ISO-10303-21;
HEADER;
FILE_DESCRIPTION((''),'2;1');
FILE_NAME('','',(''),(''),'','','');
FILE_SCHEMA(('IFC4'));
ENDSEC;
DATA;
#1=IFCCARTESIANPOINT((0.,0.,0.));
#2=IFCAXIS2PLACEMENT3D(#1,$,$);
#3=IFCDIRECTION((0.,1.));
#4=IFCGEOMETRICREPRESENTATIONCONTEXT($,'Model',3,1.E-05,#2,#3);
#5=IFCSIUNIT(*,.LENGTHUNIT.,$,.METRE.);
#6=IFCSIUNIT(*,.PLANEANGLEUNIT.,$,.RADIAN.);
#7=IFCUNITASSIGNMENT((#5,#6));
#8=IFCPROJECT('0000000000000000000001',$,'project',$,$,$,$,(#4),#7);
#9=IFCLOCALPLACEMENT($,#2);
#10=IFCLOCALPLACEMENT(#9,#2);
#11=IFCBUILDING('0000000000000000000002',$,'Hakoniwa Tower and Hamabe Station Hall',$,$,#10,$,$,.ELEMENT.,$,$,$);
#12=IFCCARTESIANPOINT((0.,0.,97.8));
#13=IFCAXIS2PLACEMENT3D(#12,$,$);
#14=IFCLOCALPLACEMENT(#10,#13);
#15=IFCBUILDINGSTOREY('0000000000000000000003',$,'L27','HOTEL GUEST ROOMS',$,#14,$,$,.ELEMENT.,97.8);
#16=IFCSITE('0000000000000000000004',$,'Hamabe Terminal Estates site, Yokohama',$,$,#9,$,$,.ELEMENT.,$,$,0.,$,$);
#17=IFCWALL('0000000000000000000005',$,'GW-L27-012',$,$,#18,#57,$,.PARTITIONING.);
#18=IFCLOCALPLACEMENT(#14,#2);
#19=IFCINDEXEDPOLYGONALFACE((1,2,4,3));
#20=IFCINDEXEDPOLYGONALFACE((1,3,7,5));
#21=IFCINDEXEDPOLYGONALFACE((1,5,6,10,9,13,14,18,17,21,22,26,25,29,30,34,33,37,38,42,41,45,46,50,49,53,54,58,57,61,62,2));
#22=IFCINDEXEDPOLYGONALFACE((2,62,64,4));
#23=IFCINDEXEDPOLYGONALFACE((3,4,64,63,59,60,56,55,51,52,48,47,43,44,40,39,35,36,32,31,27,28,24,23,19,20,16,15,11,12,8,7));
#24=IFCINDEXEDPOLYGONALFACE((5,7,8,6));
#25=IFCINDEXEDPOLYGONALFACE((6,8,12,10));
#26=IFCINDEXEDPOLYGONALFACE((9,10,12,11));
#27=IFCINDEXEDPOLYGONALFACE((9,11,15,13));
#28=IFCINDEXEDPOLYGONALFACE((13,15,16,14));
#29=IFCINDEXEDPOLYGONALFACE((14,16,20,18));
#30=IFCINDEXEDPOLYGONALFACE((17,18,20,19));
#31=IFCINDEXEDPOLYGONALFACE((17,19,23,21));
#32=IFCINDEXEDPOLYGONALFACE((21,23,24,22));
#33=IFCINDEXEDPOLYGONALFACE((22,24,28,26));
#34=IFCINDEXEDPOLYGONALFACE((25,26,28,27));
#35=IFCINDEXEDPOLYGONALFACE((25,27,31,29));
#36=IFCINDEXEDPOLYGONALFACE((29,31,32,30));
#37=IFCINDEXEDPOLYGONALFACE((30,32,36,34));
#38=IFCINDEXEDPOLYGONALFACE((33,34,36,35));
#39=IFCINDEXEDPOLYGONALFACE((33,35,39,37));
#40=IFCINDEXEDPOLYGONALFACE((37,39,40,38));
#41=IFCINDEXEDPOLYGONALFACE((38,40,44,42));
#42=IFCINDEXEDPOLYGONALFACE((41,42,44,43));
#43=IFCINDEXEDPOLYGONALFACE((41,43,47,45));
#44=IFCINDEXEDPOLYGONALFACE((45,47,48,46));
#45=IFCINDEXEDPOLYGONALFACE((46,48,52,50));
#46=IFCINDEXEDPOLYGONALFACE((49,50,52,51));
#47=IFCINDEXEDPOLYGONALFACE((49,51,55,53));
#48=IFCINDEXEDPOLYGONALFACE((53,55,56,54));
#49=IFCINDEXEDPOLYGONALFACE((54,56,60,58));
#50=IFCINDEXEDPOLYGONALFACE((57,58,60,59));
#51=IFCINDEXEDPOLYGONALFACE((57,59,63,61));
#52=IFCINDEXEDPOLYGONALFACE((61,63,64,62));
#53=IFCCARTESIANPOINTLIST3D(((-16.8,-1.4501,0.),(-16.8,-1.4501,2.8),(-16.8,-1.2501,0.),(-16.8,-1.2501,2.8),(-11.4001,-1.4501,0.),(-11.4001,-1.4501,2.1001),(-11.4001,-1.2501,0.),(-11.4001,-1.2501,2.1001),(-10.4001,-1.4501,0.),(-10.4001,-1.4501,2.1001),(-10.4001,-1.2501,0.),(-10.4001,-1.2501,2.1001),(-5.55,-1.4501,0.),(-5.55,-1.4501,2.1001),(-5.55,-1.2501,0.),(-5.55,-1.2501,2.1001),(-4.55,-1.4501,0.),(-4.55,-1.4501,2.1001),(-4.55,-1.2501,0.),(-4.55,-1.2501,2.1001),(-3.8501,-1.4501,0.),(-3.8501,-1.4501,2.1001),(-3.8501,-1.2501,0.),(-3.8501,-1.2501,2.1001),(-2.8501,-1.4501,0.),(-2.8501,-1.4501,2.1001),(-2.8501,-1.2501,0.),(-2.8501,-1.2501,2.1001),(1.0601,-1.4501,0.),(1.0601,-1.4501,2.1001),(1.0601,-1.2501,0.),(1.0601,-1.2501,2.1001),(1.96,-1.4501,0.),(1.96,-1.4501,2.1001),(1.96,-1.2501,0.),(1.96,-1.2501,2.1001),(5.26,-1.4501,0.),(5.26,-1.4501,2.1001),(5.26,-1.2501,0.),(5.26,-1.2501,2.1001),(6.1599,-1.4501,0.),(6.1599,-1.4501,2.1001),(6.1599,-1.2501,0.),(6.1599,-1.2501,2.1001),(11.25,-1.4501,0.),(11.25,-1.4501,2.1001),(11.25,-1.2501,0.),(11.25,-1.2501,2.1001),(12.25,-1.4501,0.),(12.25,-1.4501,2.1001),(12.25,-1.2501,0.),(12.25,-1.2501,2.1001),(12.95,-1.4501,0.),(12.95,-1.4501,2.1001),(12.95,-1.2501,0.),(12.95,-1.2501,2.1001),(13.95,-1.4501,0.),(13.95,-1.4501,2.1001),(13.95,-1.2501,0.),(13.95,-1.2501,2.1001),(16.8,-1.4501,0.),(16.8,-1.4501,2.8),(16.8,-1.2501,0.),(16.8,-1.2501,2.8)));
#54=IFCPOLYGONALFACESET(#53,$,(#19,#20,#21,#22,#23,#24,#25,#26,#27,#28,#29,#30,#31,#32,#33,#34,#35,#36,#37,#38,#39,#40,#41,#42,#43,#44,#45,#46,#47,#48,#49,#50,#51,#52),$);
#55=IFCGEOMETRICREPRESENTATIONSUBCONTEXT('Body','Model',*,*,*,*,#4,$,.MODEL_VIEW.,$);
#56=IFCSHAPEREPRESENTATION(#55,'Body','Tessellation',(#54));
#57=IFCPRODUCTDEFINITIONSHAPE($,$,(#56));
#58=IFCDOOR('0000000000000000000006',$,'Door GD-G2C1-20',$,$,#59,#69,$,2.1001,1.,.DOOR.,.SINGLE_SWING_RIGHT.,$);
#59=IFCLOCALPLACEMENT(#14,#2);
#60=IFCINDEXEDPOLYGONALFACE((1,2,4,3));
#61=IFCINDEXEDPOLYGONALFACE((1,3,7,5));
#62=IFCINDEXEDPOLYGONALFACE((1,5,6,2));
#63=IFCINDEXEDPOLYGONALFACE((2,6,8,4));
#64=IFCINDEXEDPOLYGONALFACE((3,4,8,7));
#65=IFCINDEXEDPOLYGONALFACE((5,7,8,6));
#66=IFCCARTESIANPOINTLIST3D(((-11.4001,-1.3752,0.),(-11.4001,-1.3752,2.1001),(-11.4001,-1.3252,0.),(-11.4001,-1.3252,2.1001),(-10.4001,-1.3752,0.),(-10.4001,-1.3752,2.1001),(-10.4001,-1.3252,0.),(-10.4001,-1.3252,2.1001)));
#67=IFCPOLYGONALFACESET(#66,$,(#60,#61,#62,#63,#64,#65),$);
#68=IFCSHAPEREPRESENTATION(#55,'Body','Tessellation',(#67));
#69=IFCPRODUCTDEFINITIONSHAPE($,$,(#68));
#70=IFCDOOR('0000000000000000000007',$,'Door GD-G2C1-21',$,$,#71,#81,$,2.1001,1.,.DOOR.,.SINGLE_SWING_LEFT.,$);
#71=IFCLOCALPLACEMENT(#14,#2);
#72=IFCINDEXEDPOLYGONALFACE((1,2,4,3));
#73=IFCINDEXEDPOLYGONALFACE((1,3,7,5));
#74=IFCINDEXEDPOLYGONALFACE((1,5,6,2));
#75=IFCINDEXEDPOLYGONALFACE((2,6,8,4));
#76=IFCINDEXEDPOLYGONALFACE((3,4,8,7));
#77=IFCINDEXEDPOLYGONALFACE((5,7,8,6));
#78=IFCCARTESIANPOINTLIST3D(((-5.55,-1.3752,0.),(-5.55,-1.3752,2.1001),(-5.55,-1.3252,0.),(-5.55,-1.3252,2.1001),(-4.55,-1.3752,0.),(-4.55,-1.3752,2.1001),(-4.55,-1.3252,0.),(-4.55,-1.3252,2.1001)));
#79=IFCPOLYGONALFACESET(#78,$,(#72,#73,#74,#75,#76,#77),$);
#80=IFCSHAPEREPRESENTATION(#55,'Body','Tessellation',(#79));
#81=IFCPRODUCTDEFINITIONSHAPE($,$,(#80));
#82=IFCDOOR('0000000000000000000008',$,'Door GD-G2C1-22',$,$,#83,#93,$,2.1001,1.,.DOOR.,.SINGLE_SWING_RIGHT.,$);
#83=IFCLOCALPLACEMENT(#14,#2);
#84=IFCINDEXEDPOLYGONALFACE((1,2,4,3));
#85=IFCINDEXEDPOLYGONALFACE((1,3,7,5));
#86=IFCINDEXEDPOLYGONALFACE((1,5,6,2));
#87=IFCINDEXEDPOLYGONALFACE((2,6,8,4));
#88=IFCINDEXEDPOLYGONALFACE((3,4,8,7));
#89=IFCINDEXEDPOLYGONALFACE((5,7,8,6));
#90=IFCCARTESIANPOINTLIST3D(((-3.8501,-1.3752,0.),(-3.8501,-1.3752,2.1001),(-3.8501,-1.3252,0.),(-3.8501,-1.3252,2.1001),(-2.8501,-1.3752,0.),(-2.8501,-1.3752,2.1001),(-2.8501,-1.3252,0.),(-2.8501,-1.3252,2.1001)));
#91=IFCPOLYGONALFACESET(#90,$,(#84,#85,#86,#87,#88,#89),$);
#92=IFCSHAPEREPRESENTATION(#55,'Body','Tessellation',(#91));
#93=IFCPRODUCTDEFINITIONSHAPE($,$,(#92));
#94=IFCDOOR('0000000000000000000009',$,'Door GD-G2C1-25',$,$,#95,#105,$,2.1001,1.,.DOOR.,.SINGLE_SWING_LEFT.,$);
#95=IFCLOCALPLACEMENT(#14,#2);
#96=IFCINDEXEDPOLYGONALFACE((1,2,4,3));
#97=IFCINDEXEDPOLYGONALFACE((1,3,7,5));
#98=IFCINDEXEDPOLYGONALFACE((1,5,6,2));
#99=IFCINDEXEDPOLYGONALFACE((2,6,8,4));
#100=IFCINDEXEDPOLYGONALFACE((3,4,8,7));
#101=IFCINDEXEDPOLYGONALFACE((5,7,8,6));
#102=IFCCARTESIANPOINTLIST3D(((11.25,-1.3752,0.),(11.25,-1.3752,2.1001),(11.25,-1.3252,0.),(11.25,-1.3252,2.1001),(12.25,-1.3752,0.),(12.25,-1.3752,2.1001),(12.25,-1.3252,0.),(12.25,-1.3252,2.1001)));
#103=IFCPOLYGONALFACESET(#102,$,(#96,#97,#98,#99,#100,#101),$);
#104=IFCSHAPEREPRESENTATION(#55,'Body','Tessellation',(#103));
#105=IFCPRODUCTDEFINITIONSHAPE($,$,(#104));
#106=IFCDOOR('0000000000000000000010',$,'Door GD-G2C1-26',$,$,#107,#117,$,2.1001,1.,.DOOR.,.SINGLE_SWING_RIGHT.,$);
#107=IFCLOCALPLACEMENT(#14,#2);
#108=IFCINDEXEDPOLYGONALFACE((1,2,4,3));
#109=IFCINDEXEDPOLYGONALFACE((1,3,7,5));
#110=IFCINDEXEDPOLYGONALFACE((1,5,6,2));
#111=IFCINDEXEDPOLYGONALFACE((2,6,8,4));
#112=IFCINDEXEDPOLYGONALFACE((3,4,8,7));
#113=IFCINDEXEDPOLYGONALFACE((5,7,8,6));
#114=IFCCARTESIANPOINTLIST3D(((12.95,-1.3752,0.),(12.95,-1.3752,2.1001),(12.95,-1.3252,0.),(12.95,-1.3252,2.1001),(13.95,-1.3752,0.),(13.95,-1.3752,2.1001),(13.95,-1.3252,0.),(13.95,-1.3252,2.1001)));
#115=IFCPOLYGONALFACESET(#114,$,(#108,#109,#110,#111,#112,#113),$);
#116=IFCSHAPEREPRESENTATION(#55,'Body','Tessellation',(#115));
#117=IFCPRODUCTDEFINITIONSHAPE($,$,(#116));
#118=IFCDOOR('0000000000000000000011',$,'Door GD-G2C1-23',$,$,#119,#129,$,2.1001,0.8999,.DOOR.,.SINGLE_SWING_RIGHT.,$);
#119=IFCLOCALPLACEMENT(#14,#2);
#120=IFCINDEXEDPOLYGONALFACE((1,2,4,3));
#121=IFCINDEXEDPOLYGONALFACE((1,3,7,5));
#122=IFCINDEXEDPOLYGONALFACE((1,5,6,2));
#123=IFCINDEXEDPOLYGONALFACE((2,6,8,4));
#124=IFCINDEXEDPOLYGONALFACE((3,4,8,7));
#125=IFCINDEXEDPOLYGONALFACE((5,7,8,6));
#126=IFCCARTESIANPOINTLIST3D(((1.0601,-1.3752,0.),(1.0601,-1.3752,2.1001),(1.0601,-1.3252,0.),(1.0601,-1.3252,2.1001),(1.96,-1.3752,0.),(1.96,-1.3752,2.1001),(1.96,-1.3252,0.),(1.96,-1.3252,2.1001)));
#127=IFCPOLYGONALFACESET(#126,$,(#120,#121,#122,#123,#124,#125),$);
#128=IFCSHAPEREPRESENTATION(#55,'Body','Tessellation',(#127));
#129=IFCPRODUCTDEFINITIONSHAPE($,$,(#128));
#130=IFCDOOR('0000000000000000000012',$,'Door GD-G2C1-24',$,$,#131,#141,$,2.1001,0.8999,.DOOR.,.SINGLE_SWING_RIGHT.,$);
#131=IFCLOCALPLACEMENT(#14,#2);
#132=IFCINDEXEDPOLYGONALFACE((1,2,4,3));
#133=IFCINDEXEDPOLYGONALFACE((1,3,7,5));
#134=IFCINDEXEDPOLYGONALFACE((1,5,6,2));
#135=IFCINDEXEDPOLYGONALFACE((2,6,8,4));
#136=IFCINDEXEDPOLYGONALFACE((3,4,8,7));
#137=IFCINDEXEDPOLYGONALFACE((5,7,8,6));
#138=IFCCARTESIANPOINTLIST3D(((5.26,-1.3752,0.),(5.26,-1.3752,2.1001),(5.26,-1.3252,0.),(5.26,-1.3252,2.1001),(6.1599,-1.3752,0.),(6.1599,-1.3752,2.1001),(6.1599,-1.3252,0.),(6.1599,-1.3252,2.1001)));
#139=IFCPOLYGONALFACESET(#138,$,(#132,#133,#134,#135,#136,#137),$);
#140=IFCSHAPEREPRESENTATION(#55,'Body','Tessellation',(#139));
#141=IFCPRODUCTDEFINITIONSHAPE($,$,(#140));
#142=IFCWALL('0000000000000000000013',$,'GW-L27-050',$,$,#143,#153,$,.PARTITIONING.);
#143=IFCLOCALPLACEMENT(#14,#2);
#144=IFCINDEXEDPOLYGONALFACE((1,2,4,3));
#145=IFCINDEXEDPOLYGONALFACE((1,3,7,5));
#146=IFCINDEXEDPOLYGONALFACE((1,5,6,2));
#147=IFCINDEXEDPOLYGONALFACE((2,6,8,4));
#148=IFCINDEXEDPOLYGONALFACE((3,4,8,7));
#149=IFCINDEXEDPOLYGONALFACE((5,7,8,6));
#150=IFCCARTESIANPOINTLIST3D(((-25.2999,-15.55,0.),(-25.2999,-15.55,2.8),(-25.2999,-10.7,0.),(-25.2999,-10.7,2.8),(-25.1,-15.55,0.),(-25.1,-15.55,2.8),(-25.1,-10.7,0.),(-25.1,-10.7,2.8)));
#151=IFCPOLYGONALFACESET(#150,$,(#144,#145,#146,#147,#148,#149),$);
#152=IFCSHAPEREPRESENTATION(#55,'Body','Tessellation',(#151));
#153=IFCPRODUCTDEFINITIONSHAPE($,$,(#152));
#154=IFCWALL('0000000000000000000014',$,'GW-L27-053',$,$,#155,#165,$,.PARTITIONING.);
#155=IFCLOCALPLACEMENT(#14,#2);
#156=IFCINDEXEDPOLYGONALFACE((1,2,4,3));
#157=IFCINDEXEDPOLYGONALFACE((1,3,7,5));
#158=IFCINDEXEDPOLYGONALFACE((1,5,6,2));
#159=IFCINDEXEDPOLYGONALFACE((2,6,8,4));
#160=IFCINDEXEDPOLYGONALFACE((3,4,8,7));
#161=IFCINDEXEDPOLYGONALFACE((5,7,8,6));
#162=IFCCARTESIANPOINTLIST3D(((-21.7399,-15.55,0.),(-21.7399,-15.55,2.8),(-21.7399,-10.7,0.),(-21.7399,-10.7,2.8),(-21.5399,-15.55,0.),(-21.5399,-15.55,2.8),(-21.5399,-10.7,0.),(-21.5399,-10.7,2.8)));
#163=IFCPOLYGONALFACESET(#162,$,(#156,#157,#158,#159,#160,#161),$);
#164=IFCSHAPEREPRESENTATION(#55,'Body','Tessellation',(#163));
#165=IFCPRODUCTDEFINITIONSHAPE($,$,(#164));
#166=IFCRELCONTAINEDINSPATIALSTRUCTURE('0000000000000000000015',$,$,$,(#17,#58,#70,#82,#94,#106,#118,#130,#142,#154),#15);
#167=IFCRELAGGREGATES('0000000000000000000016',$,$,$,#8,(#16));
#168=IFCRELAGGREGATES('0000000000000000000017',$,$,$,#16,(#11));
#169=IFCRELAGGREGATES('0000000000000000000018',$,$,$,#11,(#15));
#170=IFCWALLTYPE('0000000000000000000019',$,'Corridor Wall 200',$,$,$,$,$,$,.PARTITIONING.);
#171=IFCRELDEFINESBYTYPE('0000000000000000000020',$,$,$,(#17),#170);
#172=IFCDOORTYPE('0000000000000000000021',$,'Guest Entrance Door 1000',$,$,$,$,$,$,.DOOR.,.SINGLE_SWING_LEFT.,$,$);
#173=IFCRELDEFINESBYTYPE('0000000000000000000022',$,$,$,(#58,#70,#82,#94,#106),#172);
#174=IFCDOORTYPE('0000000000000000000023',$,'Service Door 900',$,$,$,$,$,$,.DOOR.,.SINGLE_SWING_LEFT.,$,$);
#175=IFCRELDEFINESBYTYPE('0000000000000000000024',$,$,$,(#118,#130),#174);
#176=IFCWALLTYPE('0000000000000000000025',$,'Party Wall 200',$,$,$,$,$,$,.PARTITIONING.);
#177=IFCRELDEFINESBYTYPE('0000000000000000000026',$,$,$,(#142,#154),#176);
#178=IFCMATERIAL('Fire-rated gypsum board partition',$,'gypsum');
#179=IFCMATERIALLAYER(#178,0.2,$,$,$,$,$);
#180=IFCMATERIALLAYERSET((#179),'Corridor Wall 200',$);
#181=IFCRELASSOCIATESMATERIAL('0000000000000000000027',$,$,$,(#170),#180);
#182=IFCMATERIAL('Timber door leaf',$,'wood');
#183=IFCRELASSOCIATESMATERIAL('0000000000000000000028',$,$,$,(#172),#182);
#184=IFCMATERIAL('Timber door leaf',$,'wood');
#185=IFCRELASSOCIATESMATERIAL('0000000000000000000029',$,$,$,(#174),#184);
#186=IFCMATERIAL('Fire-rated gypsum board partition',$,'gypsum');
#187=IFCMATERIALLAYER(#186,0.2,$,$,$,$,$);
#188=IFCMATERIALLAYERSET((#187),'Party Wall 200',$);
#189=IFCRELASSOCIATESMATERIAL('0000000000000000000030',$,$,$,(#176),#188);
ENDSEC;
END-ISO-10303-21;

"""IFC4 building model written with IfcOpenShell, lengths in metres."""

from ifc_helpers import new_model, si_unit, direction, frame, frame_2d, origin, place, context, subcontext, project, spatial, rectangle, extrude, material, layer, layer_set, type_object, element, fill, save


model = new_model("IFC4")

# Units and contexts
model_context = context("Model", 3, precision=1e-05, world=origin(), true_north=direction((0.0, 1.0)))
body_context = subcontext(model_context, "Body", "Model", "MODEL_VIEW")
ifc_project = project(units=[si_unit("LENGTHUNIT", "METRE"), si_unit("PLANEANGLEUNIT", "RADIAN")], contexts=[model_context])

# Site, building, storey
site_placement = place(None, origin())
site = spatial("IfcSite", under=ifc_project, at=site_placement, Name="Hamabe Terminal Estates site, Yokohama", CompositionType="ELEMENT", RefElevation=0.0)
building_placement = place(site_placement, origin())
building = spatial("IfcBuilding", under=site, at=building_placement, Name="Hakoniwa Tower and Hamabe Station Hall", CompositionType="ELEMENT")
storey_placement = place(building_placement, frame((0.0, 0.0, 97.8)))
storey = spatial("IfcBuildingStorey", under=building, at=storey_placement, Name="L27", Description="HOTEL GUEST ROOMS", CompositionType="ELEMENT", Elevation=97.8)

# Wall, openings, doors
ifc_material_1 = material(Name="Fire-rated gypsum board partition", Category="gypsum")
ifc_layer_1 = layer(ifc_material_1, 0.2)
ifc_layer_set_1 = layer_set([ifc_layer_1], Name="Corridor Wall 200")
wall_type_1 = type_object("IfcWallType", Name="Corridor Wall 200", PredefinedType="PARTITIONING", material=ifc_layer_set_1)
wall_1_placement = place(storey_placement, frame((-16.8, -1.3501, 0.0), z_axis=(0.0, 0.0, 1.0), x_axis=(1.0, 0.0, 0.0)))
wall_1 = element("IfcWall", 1, at=wall_1_placement, inside=storey, type_object=wall_type_1, Name="GW-L27-012", PredefinedType="PARTITIONING", context=body_context, shape_type="SweptSolid", body=[
    extrude(rectangle(XDim=33.6001, YDim=0.2, at=frame_2d((16.8, 0.0))), origin(), (0.0, 0.0, 1.0), 2.8),
])
opening_1_placement = place(wall_1_placement, frame((5.3999, 0.0, 0.0)))
opening_1 = element("IfcOpeningElement", 2, at=opening_1_placement, cuts=wall_1, PredefinedType="OPENING", context=body_context, shape_type="SweptSolid", body=[
    extrude(rectangle(XDim=1.0, YDim=2.1001, at=frame_2d((0.5, 1.05))), frame((0.0, 0.1099, 0.0), z_axis=(0.0, -1.0, 0.0), x_axis=(1.0, 0.0, 0.0)), (0.0, 0.0, 1.0), 0.22),
])
opening_2_placement = place(wall_1_placement, frame((11.25, 0.0, 0.0)))
opening_2 = element("IfcOpeningElement", 3, at=opening_2_placement, cuts=wall_1, PredefinedType="OPENING", context=body_context, shape_type="SweptSolid", body=[
    extrude(rectangle(XDim=1.0, YDim=2.1001, at=frame_2d((0.5, 1.05))), frame((0.0, 0.1099, 0.0), z_axis=(0.0, -1.0, 0.0), x_axis=(1.0, 0.0, 0.0)), (0.0, 0.0, 1.0), 0.22),
])
opening_3_placement = place(wall_1_placement, frame((12.95, 0.0, 0.0)))
opening_3 = element("IfcOpeningElement", 4, at=opening_3_placement, cuts=wall_1, PredefinedType="OPENING", context=body_context, shape_type="SweptSolid", body=[
    extrude(rectangle(XDim=1.0, YDim=2.1001, at=frame_2d((0.5, 1.05))), frame((0.0, 0.1099, 0.0), z_axis=(0.0, -1.0, 0.0), x_axis=(1.0, 0.0, 0.0)), (0.0, 0.0, 1.0), 0.22),
])
opening_4_placement = place(wall_1_placement, frame((17.8601, 0.0, 0.0)))
opening_4 = element("IfcOpeningElement", 5, at=opening_4_placement, cuts=wall_1, PredefinedType="OPENING", context=body_context, shape_type="SweptSolid", body=[
    extrude(rectangle(XDim=0.8999, YDim=2.1001, at=frame_2d((0.45, 1.05))), frame((0.0, 0.1099, 0.0), z_axis=(0.0, -1.0, 0.0), x_axis=(1.0, 0.0, 0.0)), (0.0, 0.0, 1.0), 0.22),
])
opening_5_placement = place(wall_1_placement, frame((22.0601, 0.0, 0.0)))
opening_5 = element("IfcOpeningElement", 6, at=opening_5_placement, cuts=wall_1, PredefinedType="OPENING", context=body_context, shape_type="SweptSolid", body=[
    extrude(rectangle(XDim=0.8999, YDim=2.1001, at=frame_2d((0.45, 1.05))), frame((0.0, 0.1099, 0.0), z_axis=(0.0, -1.0, 0.0), x_axis=(1.0, 0.0, 0.0)), (0.0, 0.0, 1.0), 0.22),
])
opening_6_placement = place(wall_1_placement, frame((28.05, 0.0, 0.0)))
opening_6 = element("IfcOpeningElement", 7, at=opening_6_placement, cuts=wall_1, PredefinedType="OPENING", context=body_context, shape_type="SweptSolid", body=[
    extrude(rectangle(XDim=1.0, YDim=2.1001, at=frame_2d((0.5, 1.05))), frame((0.0, 0.1099, 0.0), z_axis=(0.0, -1.0, 0.0), x_axis=(1.0, 0.0, 0.0)), (0.0, 0.0, 1.0), 0.22),
])
opening_7_placement = place(wall_1_placement, frame((29.75, 0.0, 0.0)))
opening_7 = element("IfcOpeningElement", 8, at=opening_7_placement, cuts=wall_1, PredefinedType="OPENING", context=body_context, shape_type="SweptSolid", body=[
    extrude(rectangle(XDim=1.0, YDim=2.1001, at=frame_2d((0.5, 1.05))), frame((0.0, 0.1099, 0.0), z_axis=(0.0, -1.0, 0.0), x_axis=(1.0, 0.0, 0.0)), (0.0, 0.0, 1.0), 0.22),
])
ifc_material_2 = material(Name="Timber door leaf", Category="wood")
door_type_1 = type_object("IfcDoorType", Name="Guest Entrance Door 1000", OperationType="SINGLE_SWING_LEFT", PredefinedType="DOOR", material=ifc_material_2)
door_1_placement = place(opening_1_placement, origin())
door_1 = element("IfcDoor", 9, at=door_1_placement, inside=storey, type_object=door_type_1, Name="Door GD-G2C1-20", OperationType="SINGLE_SWING_RIGHT", OverallHeight=2.1001, OverallWidth=1.0, PredefinedType="DOOR", context=body_context, shape_type="SweptSolid", body=[
    extrude(rectangle(XDim=1.0, YDim=2.1001, at=frame_2d((0.5, 1.05))), frame((0.0, 0.0249, 0.0), z_axis=(0.0, -1.0, 0.0), x_axis=(1.0, 0.0, 0.0)), (0.0, 0.0, 1.0), 0.05),
])
fill(opening_1, door_1)
door_2_placement = place(opening_2_placement, origin())
door_2 = element("IfcDoor", 10, at=door_2_placement, inside=storey, type_object=door_type_1, Name="Door GD-G2C1-21", OperationType="SINGLE_SWING_LEFT", OverallHeight=2.1001, OverallWidth=1.0, PredefinedType="DOOR", context=body_context, shape_type="SweptSolid", body=[
    extrude(rectangle(XDim=1.0, YDim=2.1001, at=frame_2d((0.5, 1.05))), frame((0.0, 0.0249, 0.0), z_axis=(0.0, -1.0, 0.0), x_axis=(1.0, 0.0, 0.0)), (0.0, 0.0, 1.0), 0.05),
])
fill(opening_2, door_2)
door_3_placement = place(opening_3_placement, origin())
door_3 = element("IfcDoor", 11, at=door_3_placement, inside=storey, type_object=door_type_1, Name="Door GD-G2C1-22", OperationType="SINGLE_SWING_RIGHT", OverallHeight=2.1001, OverallWidth=1.0, PredefinedType="DOOR", context=body_context, shape_type="SweptSolid", body=[
    extrude(rectangle(XDim=1.0, YDim=2.1001, at=frame_2d((0.5, 1.05))), frame((0.0, 0.0249, 0.0), z_axis=(0.0, -1.0, 0.0), x_axis=(1.0, 0.0, 0.0)), (0.0, 0.0, 1.0), 0.05),
])
fill(opening_3, door_3)
door_4_placement = place(opening_6_placement, origin())
door_4 = element("IfcDoor", 12, at=door_4_placement, inside=storey, type_object=door_type_1, Name="Door GD-G2C1-25", OperationType="SINGLE_SWING_LEFT", OverallHeight=2.1001, OverallWidth=1.0, PredefinedType="DOOR", context=body_context, shape_type="SweptSolid", body=[
    extrude(rectangle(XDim=1.0, YDim=2.1001, at=frame_2d((0.5, 1.05))), frame((0.0, 0.0249, 0.0), z_axis=(0.0, -1.0, 0.0), x_axis=(1.0, 0.0, 0.0)), (0.0, 0.0, 1.0), 0.05),
])
fill(opening_6, door_4)
door_5_placement = place(opening_7_placement, origin())
door_5 = element("IfcDoor", 13, at=door_5_placement, inside=storey, type_object=door_type_1, Name="Door GD-G2C1-26", OperationType="SINGLE_SWING_RIGHT", OverallHeight=2.1001, OverallWidth=1.0, PredefinedType="DOOR", context=body_context, shape_type="SweptSolid", body=[
    extrude(rectangle(XDim=1.0, YDim=2.1001, at=frame_2d((0.5, 1.05))), frame((0.0, 0.0249, 0.0), z_axis=(0.0, -1.0, 0.0), x_axis=(1.0, 0.0, 0.0)), (0.0, 0.0, 1.0), 0.05),
])
fill(opening_7, door_5)
ifc_material_3 = material(Name="Timber door leaf", Category="wood")
door_type_2 = type_object("IfcDoorType", Name="Service Door 900", OperationType="SINGLE_SWING_LEFT", PredefinedType="DOOR", material=ifc_material_3)
door_6_placement = place(opening_4_placement, origin())
door_6 = element("IfcDoor", 14, at=door_6_placement, inside=storey, type_object=door_type_2, Name="Door GD-G2C1-23", OperationType="SINGLE_SWING_RIGHT", OverallHeight=2.1001, OverallWidth=0.8999, PredefinedType="DOOR", context=body_context, shape_type="SweptSolid", body=[
    extrude(rectangle(XDim=0.8999, YDim=2.1001, at=frame_2d((0.45, 1.05))), frame((0.0, 0.0249, 0.0), z_axis=(0.0, -1.0, 0.0), x_axis=(1.0, 0.0, 0.0)), (0.0, 0.0, 1.0), 0.05),
])
fill(opening_4, door_6)
door_7_placement = place(opening_5_placement, origin())
door_7 = element("IfcDoor", 15, at=door_7_placement, inside=storey, type_object=door_type_2, Name="Door GD-G2C1-24", OperationType="SINGLE_SWING_RIGHT", OverallHeight=2.1001, OverallWidth=0.8999, PredefinedType="DOOR", context=body_context, shape_type="SweptSolid", body=[
    extrude(rectangle(XDim=0.8999, YDim=2.1001, at=frame_2d((0.45, 1.05))), frame((0.0, 0.0249, 0.0), z_axis=(0.0, -1.0, 0.0), x_axis=(1.0, 0.0, 0.0)), (0.0, 0.0, 1.0), 0.05),
])
fill(opening_5, door_7)

# Walls
ifc_material_4 = material(Name="Fire-rated gypsum board partition", Category="gypsum")
ifc_layer_2 = layer(ifc_material_4, 0.2)
ifc_layer_set_2 = layer_set([ifc_layer_2], Name="Party Wall 200")
wall_type_2 = type_object("IfcWallType", Name="Party Wall 200", PredefinedType="PARTITIONING", material=ifc_layer_set_2)
for number, where, z_axis, x_axis, name in (
    (16, (-25.2, -15.55, 0.0), (0.0, 0.0, 1.0), (0.0, 1.0, 0.0), "GW-L27-050"),
    (17, (-21.6399, -15.55, 0.0), (0.0, 0.0, 1.0), (0.0, 1.0, 0.0), "GW-L27-053"),
):
    element("IfcWall", number, at=place(storey_placement, frame(where, z_axis=z_axis, x_axis=x_axis)), inside=storey, type_object=wall_type_2, Name=name, PredefinedType="PARTITIONING", context=body_context, shape_type="SweptSolid", body=[
        extrude(rectangle(XDim=4.8501, YDim=0.2, at=frame_2d((2.425, 0.0))), origin(), (0.0, 0.0, 1.0), 2.8),
    ])

save(model, "model.ifc")
